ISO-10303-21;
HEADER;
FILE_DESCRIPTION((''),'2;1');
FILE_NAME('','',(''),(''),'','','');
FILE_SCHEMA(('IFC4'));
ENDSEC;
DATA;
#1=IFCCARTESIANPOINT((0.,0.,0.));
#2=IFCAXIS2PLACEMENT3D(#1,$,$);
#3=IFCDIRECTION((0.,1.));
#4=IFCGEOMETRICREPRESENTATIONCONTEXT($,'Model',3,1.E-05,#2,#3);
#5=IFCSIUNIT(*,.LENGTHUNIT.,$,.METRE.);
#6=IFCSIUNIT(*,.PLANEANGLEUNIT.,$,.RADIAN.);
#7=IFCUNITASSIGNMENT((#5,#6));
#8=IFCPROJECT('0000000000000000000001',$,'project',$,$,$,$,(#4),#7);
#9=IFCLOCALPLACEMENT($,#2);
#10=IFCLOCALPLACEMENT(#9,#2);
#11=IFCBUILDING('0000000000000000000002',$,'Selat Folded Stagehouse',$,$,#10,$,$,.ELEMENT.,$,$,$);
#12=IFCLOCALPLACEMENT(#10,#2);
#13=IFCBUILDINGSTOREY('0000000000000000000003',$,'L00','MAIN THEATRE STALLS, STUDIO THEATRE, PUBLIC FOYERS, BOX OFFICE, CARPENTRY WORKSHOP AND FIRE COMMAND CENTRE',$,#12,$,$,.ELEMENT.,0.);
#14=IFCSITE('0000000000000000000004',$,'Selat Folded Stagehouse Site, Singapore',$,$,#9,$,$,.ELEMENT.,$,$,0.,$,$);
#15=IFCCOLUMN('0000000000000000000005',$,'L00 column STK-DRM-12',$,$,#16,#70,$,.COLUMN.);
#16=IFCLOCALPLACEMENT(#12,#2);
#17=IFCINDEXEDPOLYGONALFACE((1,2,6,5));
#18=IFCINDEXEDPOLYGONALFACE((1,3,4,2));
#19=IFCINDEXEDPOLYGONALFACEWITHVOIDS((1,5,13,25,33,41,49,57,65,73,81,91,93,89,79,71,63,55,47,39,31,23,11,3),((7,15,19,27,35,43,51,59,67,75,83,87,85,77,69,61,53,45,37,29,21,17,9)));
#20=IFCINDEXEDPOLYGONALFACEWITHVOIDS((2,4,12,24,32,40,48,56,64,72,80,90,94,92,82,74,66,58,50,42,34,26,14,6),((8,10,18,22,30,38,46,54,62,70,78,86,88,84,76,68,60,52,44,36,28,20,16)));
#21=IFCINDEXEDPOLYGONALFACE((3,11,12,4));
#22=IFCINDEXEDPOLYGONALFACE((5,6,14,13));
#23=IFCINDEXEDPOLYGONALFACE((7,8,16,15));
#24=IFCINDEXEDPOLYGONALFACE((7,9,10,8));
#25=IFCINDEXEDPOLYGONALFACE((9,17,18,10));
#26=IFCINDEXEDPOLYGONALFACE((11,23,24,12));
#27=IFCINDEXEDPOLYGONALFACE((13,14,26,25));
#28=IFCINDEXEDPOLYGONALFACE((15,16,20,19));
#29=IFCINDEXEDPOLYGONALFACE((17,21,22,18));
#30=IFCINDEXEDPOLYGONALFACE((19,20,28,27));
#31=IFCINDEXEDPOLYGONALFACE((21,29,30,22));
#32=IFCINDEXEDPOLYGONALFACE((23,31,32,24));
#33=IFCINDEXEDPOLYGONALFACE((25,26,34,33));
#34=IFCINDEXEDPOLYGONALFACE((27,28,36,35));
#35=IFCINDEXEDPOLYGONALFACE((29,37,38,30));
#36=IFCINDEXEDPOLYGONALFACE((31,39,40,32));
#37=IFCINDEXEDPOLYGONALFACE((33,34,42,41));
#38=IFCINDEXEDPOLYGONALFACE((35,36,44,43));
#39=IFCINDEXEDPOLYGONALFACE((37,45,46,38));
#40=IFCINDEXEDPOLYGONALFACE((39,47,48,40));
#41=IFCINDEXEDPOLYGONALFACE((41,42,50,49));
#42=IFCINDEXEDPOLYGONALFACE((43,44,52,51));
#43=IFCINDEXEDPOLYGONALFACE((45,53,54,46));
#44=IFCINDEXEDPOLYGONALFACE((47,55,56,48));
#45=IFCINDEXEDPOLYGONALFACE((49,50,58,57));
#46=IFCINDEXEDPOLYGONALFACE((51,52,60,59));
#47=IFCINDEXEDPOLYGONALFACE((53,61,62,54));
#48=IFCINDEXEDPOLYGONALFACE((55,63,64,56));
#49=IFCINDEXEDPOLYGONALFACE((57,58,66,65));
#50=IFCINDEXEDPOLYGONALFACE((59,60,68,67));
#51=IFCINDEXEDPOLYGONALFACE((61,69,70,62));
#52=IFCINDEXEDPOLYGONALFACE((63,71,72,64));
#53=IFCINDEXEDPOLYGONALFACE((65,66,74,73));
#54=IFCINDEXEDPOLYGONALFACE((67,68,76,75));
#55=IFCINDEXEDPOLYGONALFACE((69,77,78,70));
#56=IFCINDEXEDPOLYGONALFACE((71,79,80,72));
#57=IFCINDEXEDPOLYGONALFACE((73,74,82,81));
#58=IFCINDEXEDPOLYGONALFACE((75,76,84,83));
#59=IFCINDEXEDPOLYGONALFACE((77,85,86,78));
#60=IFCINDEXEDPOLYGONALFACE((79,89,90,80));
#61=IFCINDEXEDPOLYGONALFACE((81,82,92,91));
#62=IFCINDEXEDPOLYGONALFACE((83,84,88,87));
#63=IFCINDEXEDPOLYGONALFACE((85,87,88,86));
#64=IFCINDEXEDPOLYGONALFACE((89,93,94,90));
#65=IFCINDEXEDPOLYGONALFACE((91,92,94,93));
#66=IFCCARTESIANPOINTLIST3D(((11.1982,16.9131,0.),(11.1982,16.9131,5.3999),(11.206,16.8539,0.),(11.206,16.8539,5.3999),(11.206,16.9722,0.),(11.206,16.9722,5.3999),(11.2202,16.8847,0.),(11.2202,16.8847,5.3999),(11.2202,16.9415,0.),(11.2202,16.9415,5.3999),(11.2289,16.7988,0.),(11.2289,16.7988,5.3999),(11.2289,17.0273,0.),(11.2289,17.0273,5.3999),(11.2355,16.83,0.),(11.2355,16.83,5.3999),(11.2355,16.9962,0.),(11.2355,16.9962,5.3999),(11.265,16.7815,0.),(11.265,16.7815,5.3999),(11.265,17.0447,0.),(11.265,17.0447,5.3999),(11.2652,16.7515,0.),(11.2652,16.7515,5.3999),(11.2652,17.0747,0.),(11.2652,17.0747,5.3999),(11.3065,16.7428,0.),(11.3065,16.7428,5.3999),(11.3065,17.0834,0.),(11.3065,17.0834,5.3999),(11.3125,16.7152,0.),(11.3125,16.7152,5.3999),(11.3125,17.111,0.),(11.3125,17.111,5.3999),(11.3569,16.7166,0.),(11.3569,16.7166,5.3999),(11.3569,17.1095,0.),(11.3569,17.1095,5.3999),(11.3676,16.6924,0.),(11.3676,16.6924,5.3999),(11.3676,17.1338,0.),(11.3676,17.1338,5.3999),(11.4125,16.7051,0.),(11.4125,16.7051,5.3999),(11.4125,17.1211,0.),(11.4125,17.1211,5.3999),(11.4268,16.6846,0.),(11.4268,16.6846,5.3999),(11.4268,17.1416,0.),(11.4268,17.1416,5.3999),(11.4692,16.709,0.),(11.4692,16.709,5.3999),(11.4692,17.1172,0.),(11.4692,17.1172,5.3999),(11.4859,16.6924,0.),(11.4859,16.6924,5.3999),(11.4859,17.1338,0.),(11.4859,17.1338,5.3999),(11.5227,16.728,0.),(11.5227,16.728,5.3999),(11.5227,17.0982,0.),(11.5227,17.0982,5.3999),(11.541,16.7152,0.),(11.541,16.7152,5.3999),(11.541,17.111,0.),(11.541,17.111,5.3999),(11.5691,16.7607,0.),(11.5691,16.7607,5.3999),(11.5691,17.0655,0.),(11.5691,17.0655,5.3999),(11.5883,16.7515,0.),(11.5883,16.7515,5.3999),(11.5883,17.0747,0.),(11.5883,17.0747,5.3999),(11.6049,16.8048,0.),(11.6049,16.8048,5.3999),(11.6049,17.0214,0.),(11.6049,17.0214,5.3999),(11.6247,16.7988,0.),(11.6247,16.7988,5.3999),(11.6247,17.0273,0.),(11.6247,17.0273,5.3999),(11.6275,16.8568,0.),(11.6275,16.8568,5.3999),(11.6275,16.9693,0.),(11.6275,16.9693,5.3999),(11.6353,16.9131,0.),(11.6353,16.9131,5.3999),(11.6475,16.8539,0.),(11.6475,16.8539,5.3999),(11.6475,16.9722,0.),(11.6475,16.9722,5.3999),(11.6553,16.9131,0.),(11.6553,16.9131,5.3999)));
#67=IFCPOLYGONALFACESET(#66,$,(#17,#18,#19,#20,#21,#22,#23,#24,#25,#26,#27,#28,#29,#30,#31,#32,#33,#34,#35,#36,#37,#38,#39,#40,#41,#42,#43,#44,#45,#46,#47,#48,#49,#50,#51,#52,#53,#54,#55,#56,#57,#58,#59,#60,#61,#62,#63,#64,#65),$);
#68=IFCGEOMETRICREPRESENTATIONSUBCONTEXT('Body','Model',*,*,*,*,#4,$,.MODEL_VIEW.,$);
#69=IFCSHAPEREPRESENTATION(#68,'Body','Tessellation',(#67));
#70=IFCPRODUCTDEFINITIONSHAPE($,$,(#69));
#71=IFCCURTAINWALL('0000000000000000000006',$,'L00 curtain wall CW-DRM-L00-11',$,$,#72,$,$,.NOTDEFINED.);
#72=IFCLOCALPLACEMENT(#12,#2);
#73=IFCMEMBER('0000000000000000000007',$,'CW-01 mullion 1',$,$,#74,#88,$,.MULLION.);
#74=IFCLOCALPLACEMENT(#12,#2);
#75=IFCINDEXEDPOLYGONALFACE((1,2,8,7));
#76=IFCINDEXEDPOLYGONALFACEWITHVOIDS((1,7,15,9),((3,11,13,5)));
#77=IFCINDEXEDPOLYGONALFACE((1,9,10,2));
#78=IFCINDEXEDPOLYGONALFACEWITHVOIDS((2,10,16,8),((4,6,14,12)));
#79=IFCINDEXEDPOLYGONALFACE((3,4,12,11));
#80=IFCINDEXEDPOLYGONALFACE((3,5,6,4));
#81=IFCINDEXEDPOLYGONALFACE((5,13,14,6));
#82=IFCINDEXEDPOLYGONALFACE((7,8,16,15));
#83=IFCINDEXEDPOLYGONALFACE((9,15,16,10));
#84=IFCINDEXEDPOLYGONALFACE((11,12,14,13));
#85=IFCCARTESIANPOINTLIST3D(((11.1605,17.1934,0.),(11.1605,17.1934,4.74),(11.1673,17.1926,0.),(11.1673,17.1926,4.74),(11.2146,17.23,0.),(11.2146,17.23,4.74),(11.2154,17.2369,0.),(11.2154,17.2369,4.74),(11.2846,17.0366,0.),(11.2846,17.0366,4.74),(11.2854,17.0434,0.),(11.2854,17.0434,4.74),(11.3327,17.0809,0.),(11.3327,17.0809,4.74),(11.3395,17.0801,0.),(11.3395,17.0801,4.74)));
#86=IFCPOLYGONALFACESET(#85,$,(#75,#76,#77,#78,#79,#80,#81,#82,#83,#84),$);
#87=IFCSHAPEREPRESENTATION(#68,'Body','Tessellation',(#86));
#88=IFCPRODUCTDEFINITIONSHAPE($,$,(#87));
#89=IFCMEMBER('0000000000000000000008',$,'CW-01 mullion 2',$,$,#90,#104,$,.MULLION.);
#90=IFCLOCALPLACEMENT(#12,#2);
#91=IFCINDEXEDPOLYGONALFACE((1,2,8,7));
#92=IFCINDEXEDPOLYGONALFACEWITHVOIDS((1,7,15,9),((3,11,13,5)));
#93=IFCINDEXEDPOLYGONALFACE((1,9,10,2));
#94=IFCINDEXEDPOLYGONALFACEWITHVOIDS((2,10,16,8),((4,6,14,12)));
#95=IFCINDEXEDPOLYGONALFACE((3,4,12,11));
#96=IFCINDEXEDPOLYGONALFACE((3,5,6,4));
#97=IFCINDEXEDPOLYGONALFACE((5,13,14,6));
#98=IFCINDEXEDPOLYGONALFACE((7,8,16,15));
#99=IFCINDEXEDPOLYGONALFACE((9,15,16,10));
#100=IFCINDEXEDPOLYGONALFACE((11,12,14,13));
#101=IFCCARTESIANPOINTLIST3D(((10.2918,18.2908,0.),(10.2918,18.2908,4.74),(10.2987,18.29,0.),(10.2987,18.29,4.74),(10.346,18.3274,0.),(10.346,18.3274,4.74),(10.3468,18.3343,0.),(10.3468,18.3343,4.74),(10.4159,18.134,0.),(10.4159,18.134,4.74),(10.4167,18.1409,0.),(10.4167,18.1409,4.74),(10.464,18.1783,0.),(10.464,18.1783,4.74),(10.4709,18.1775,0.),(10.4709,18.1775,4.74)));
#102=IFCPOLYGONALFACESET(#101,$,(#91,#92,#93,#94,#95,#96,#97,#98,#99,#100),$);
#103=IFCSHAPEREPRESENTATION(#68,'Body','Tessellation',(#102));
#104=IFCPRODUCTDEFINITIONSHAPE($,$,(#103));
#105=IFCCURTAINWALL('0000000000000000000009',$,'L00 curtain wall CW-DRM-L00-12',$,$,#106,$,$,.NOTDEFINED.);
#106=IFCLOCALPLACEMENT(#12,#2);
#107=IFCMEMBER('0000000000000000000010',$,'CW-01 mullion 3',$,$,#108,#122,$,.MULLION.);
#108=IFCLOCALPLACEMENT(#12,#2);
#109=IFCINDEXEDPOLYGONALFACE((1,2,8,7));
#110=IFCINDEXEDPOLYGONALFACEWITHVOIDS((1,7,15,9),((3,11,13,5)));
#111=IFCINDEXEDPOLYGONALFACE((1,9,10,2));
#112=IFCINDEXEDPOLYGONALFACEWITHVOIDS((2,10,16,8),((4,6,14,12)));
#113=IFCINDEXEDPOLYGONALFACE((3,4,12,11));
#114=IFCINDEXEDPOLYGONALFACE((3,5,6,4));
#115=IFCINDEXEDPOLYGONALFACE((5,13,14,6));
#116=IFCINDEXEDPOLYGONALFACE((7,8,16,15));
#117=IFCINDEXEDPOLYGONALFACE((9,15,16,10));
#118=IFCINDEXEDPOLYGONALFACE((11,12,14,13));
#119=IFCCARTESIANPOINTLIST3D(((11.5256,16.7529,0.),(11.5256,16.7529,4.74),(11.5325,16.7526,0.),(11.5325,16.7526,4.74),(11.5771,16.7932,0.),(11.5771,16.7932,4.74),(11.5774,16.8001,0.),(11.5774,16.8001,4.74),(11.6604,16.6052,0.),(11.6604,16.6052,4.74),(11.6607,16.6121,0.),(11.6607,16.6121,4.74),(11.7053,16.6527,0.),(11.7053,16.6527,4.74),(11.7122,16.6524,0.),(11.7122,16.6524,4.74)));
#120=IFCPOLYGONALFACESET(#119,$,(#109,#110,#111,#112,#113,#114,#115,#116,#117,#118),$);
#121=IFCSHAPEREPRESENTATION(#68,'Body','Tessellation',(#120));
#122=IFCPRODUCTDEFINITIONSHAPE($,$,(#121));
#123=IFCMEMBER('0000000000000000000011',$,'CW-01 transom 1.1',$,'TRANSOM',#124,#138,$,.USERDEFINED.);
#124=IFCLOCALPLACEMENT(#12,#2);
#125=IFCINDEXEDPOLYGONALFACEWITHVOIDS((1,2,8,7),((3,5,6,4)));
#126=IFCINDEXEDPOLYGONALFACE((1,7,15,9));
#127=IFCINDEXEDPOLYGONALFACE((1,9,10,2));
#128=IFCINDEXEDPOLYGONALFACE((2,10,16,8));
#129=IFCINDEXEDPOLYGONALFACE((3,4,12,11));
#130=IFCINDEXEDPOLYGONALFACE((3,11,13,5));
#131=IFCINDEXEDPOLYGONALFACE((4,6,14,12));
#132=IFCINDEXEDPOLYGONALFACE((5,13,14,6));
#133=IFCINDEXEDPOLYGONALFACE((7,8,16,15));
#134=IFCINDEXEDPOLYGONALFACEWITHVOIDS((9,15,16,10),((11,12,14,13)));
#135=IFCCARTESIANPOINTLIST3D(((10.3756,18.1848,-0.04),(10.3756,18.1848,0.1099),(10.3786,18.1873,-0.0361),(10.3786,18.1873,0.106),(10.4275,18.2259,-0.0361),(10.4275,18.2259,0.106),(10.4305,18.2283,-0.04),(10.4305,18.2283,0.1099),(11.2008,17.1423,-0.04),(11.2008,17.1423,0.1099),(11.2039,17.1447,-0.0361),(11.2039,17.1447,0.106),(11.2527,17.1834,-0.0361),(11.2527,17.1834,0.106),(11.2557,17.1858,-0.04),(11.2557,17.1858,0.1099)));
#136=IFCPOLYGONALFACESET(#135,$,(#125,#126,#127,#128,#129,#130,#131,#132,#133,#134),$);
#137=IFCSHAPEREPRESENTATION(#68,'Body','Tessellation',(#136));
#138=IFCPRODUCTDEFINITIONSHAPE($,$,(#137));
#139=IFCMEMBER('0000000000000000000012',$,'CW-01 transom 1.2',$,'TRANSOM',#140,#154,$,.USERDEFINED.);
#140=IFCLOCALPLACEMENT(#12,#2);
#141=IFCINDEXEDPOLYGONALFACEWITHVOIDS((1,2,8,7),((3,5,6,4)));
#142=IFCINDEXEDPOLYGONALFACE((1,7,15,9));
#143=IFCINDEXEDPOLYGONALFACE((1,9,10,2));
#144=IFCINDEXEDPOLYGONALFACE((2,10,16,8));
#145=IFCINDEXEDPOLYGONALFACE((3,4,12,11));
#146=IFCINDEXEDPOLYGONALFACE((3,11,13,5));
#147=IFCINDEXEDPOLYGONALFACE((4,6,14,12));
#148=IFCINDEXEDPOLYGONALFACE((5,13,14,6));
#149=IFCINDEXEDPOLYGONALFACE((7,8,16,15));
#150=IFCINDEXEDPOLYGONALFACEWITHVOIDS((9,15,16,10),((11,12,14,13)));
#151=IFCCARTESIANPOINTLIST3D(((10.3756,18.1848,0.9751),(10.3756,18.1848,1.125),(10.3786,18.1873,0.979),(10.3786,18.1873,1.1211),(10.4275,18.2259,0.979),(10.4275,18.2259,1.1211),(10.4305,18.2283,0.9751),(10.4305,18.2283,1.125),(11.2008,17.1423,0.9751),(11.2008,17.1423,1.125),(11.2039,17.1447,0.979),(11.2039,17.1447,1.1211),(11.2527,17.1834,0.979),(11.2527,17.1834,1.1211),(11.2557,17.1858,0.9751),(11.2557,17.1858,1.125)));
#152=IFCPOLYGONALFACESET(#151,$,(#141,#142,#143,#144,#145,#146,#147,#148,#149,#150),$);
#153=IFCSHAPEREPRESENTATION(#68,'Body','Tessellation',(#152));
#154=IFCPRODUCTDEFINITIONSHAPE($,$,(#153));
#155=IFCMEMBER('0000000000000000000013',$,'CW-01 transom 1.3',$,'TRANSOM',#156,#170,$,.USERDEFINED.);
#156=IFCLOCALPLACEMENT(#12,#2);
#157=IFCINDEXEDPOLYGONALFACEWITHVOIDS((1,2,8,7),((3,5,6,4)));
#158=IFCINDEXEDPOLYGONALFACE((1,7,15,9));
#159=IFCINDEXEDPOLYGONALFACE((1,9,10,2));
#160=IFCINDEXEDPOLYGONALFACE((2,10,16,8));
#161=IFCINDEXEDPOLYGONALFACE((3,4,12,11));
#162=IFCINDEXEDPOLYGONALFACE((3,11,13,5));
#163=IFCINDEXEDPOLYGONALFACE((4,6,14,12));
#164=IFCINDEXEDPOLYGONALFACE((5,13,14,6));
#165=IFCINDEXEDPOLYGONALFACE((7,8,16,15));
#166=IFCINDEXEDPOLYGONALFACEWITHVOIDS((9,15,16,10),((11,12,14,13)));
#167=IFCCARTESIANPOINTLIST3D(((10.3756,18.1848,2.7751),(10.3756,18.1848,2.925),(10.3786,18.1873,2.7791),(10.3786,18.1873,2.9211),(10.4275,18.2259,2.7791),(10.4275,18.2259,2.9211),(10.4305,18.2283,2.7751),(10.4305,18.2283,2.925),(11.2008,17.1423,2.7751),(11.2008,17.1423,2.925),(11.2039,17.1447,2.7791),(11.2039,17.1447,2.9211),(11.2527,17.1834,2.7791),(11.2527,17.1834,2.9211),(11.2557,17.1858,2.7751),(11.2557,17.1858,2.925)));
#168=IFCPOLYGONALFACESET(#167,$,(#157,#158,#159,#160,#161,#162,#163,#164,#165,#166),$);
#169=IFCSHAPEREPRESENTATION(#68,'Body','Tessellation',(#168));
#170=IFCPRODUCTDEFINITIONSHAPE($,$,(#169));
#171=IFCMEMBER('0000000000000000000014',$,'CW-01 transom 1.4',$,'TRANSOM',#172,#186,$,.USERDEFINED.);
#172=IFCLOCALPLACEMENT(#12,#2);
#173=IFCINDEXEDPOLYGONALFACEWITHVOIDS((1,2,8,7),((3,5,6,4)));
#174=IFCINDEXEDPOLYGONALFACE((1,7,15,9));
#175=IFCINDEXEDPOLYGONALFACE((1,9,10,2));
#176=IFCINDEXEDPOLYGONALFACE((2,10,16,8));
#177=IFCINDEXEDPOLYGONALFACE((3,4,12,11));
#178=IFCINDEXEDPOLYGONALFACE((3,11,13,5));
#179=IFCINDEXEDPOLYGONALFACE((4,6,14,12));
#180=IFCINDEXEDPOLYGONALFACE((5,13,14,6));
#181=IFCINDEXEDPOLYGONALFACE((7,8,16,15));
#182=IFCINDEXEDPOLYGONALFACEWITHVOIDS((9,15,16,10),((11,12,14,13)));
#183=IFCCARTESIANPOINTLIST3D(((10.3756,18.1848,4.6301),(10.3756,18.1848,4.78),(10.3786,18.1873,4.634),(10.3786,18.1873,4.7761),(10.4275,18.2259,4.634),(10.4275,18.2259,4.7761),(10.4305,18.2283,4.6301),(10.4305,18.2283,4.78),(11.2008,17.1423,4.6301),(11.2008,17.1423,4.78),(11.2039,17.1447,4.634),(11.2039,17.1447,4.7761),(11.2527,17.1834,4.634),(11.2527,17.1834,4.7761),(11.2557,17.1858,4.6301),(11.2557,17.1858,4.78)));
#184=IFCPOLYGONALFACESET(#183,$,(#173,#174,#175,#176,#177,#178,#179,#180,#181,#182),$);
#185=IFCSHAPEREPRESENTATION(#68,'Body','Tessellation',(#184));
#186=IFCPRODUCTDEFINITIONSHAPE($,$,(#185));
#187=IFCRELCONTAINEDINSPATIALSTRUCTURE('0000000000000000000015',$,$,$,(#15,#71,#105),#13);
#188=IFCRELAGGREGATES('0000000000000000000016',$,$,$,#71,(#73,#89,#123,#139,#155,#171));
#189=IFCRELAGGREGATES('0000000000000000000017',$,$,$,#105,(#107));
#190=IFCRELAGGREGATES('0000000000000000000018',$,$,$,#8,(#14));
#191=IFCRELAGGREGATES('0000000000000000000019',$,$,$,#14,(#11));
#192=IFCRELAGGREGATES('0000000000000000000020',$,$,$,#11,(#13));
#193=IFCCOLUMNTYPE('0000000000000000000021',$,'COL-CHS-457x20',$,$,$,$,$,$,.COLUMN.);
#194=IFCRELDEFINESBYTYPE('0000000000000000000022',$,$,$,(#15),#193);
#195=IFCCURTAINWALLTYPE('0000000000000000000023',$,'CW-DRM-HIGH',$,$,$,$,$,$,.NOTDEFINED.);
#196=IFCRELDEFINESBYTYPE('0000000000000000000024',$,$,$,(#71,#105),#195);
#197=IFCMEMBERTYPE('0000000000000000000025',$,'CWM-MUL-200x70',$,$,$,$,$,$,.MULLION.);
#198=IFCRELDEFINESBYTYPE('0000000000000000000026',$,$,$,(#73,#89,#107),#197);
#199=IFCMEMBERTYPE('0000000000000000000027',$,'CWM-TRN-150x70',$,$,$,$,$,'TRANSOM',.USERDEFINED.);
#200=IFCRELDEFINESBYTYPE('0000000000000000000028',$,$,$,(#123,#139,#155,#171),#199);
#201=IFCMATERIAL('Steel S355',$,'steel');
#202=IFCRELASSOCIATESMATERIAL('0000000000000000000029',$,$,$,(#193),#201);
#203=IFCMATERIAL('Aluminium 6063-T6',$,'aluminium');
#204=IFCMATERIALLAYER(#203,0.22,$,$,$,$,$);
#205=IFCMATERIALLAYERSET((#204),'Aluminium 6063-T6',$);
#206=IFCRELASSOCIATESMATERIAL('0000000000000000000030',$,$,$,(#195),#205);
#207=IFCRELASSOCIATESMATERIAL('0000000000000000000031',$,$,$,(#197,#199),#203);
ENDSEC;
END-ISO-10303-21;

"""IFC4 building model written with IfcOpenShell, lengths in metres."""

from ifc_helpers import new_model, si_unit, direction, frame, origin, origin_2d, place, context, subcontext, project, spatial, hollow_rectangle, hollow_circle, extrude, material, layer, layer_set, material_profile, profile_set, type_object, element, aggregate, save


model = new_model("IFC4")

# Units and contexts
model_context = context("Model", 3, precision=1e-05, world=origin(), true_north=direction((0.0, 1.0)))
body_context = subcontext(model_context, "Body", "Model", "MODEL_VIEW")
ifc_project = project(units=[si_unit("LENGTHUNIT", "METRE"), si_unit("PLANEANGLEUNIT", "RADIAN")], contexts=[model_context])

# Site, building, storey
site_placement = place(None, origin())
site = spatial("IfcSite", under=ifc_project, at=site_placement, Name="Selat Folded Stagehouse Site, Singapore", CompositionType="ELEMENT", RefElevation=0.0)
building_placement = place(site_placement, origin())
building = spatial("IfcBuilding", under=site, at=building_placement, Name="Selat Folded Stagehouse", CompositionType="ELEMENT")
storey_placement = place(building_placement, origin())
storey = spatial("IfcBuildingStorey", under=building, at=storey_placement, Name="L00", Description="MAIN THEATRE STALLS, STUDIO THEATRE, PUBLIC FOYERS, BOX OFFICE, CARPENTRY WORKSHOP AND FIRE COMMAND CENTRE", CompositionType="ELEMENT", Elevation=0.0)

# Column
ifc_material_1 = material(Name="Steel S355", Category="steel")
ifc_material_profile_1 = material_profile(ifc_material_1, hollow_circle(Radius=0.2285, WallThickness=0.02, at=origin_2d()), Name="CHS 457.0x20.0")
ifc_profile_set_1 = profile_set([ifc_material_profile_1], Name="Steel S355")
column_type = type_object("IfcColumnType", Name="COL-CHS-457x20", PredefinedType="COLUMN", material=ifc_profile_set_1)
column_placement = place(storey_placement, frame((11.4268, 16.9131, 0.0), z_axis=(0.0, 0.0, 1.0), x_axis=(1.0, 0.0, 0.0)))
element("IfcColumn", 1, at=column_placement, inside=storey, type_object=column_type, Name="L00 column STK-DRM-12", PredefinedType="COLUMN", context=body_context, shape_type="SweptSolid", body=[
    extrude(hollow_circle(Radius=0.2285, WallThickness=0.02, at=origin_2d()), origin(), (0.0, 0.0, 1.0), 5.3999),
])

# Curtain wall, members
ifc_material_2 = material(Name="Aluminium 6063-T6", Category="aluminium")
ifc_layer_1 = layer(ifc_material_2, 0.22)
ifc_layer_set_1 = layer_set([ifc_layer_1], Name="Aluminium 6063-T6")
curtain_wall_type = type_object("IfcCurtainWallType", Name="CW-DRM-HIGH", PredefinedType="NOTDEFINED", material=ifc_layer_set_1)
curtain_wall_1_placement = place(storey_placement, origin())
curtain_wall_1 = element("IfcCurtainWall", 2, at=curtain_wall_1_placement, inside=storey, type_object=curtain_wall_type, Name="L00 curtain wall CW-DRM-L00-11", PredefinedType="NOTDEFINED")
ifc_material_profile_2 = material_profile(ifc_material_2, hollow_rectangle(XDim=0.0701, YDim=0.2, WallThickness=0.0049, at=origin_2d()), Name="ALU 200x70x5.0")
ifc_profile_set_2 = profile_set([ifc_material_profile_2], Name="Aluminium 6063-T6")
member_type_1 = type_object("IfcMemberType", Name="CWM-MUL-200x70", PredefinedType="MULLION", material=ifc_profile_set_2)
member_1_placement = place(storey_placement, frame((11.25, 17.1367, 0.0), z_axis=(0.0, 0.0, 1.0), x_axis=(-0.78418, -0.620533, 0.0)))
member_1 = element("IfcMember", 3, at=member_1_placement, type_object=member_type_1, Name="CW-01 mullion 1", PredefinedType="MULLION", context=body_context, shape_type="SweptSolid", body=[
    extrude(hollow_rectangle(XDim=0.0701, YDim=0.2, WallThickness=0.0049, at=origin_2d()), origin(), (0.0, 0.0, 1.0), 4.74),
])
member_2_placement = place(storey_placement, frame((10.3813, 18.2341, 0.0), z_axis=(0.0, 0.0, 1.0), x_axis=(-0.78418, -0.620533, 0.0)))
member_2 = element("IfcMember", 4, at=member_2_placement, type_object=member_type_1, Name="CW-01 mullion 2", PredefinedType="MULLION", context=body_context, shape_type="SweptSolid", body=[
    extrude(hollow_rectangle(XDim=0.0701, YDim=0.2, WallThickness=0.0049, at=origin_2d()), origin(), (0.0, 0.0, 1.0), 4.74),
])

# Curtain wall, member
curtain_wall_2_placement = place(storey_placement, origin())
curtain_wall_2 = element("IfcCurtainWall", 5, at=curtain_wall_2_placement, inside=storey, type_object=curtain_wall_type, Name="L00 curtain wall CW-DRM-L00-12", PredefinedType="NOTDEFINED")
member_3_placement = place(storey_placement, frame((11.6189, 16.7026, 0.0), z_axis=(0.0, 0.0, 1.0), x_axis=(-0.738729, -0.674002, 0.0)))
member_3 = element("IfcMember", 6, at=member_3_placement, type_object=member_type_1, Name="CW-01 mullion 3", PredefinedType="MULLION", context=body_context, shape_type="SweptSolid", body=[
    extrude(hollow_rectangle(XDim=0.0701, YDim=0.2, WallThickness=0.0049, at=origin_2d()), origin(), (0.0, 0.0, 1.0), 4.74),
])

# Members
ifc_material_profile_3 = material_profile(ifc_material_2, hollow_rectangle(XDim=0.0701, YDim=0.1499, WallThickness=0.0039, at=origin_2d()), Name="ALU 150x70x4.0")
ifc_profile_set_3 = profile_set([ifc_material_profile_3], Name="Aluminium 6063-T6")
member_type_2 = type_object("IfcMemberType", Name="CWM-TRN-150x70", ElementType="TRANSOM", PredefinedType="USERDEFINED", material=ifc_profile_set_3)
member_4_placement = place(storey_placement, frame((11.2283, 17.1641, 0.0349), z_axis=(-0.620656, 0.784083, 0.0), x_axis=(-0.784083, -0.620656, 0.0)))
member_4 = element("IfcMember", 7, at=member_4_placement, type_object=member_type_2, Name="CW-01 transom 1.1", ObjectType="TRANSOM", PredefinedType="USERDEFINED", context=body_context, shape_type="SweptSolid", body=[
    extrude(hollow_rectangle(XDim=0.0701, YDim=0.1499, WallThickness=0.0039, at=origin_2d()), origin(), (0.0, 0.0, 1.0), 1.3296),
])
member_5_placement = place(storey_placement, frame((11.2283, 17.1641, 1.05), z_axis=(-0.620656, 0.784083, 0.0), x_axis=(-0.784083, -0.620656, 0.0)))
member_5 = element("IfcMember", 8, at=member_5_placement, type_object=member_type_2, Name="CW-01 transom 1.2", ObjectType="TRANSOM", PredefinedType="USERDEFINED", context=body_context, shape_type="SweptSolid", body=[
    extrude(hollow_rectangle(XDim=0.0701, YDim=0.1499, WallThickness=0.0039, at=origin_2d()), origin(), (0.0, 0.0, 1.0), 1.3296),
])
member_6_placement = place(storey_placement, frame((11.2283, 17.1641, 2.8501), z_axis=(-0.620656, 0.784083, 0.0), x_axis=(-0.784083, -0.620656, 0.0)))
member_6 = element("IfcMember", 9, at=member_6_placement, type_object=member_type_2, Name="CW-01 transom 1.3", ObjectType="TRANSOM", PredefinedType="USERDEFINED", context=body_context, shape_type="SweptSolid", body=[
    extrude(hollow_rectangle(XDim=0.0701, YDim=0.1499, WallThickness=0.0039, at=origin_2d()), origin(), (0.0, 0.0, 1.0), 1.3296),
])
member_7_placement = place(storey_placement, frame((11.2283, 17.1641, 4.7051), z_axis=(-0.620656, 0.784083, 0.0), x_axis=(-0.784083, -0.620656, 0.0)))
member_7 = element("IfcMember", 10, at=member_7_placement, type_object=member_type_2, Name="CW-01 transom 1.4", ObjectType="TRANSOM", PredefinedType="USERDEFINED", context=body_context, shape_type="SweptSolid", body=[
    extrude(hollow_rectangle(XDim=0.0701, YDim=0.1499, WallThickness=0.0039, at=origin_2d()), origin(), (0.0, 0.0, 1.0), 1.3296),
])

aggregate(curtain_wall_1, [member_1, member_2, member_4, member_5, member_6, member_7])
aggregate(curtain_wall_2, [member_3])

save(model, "model.ifc")
